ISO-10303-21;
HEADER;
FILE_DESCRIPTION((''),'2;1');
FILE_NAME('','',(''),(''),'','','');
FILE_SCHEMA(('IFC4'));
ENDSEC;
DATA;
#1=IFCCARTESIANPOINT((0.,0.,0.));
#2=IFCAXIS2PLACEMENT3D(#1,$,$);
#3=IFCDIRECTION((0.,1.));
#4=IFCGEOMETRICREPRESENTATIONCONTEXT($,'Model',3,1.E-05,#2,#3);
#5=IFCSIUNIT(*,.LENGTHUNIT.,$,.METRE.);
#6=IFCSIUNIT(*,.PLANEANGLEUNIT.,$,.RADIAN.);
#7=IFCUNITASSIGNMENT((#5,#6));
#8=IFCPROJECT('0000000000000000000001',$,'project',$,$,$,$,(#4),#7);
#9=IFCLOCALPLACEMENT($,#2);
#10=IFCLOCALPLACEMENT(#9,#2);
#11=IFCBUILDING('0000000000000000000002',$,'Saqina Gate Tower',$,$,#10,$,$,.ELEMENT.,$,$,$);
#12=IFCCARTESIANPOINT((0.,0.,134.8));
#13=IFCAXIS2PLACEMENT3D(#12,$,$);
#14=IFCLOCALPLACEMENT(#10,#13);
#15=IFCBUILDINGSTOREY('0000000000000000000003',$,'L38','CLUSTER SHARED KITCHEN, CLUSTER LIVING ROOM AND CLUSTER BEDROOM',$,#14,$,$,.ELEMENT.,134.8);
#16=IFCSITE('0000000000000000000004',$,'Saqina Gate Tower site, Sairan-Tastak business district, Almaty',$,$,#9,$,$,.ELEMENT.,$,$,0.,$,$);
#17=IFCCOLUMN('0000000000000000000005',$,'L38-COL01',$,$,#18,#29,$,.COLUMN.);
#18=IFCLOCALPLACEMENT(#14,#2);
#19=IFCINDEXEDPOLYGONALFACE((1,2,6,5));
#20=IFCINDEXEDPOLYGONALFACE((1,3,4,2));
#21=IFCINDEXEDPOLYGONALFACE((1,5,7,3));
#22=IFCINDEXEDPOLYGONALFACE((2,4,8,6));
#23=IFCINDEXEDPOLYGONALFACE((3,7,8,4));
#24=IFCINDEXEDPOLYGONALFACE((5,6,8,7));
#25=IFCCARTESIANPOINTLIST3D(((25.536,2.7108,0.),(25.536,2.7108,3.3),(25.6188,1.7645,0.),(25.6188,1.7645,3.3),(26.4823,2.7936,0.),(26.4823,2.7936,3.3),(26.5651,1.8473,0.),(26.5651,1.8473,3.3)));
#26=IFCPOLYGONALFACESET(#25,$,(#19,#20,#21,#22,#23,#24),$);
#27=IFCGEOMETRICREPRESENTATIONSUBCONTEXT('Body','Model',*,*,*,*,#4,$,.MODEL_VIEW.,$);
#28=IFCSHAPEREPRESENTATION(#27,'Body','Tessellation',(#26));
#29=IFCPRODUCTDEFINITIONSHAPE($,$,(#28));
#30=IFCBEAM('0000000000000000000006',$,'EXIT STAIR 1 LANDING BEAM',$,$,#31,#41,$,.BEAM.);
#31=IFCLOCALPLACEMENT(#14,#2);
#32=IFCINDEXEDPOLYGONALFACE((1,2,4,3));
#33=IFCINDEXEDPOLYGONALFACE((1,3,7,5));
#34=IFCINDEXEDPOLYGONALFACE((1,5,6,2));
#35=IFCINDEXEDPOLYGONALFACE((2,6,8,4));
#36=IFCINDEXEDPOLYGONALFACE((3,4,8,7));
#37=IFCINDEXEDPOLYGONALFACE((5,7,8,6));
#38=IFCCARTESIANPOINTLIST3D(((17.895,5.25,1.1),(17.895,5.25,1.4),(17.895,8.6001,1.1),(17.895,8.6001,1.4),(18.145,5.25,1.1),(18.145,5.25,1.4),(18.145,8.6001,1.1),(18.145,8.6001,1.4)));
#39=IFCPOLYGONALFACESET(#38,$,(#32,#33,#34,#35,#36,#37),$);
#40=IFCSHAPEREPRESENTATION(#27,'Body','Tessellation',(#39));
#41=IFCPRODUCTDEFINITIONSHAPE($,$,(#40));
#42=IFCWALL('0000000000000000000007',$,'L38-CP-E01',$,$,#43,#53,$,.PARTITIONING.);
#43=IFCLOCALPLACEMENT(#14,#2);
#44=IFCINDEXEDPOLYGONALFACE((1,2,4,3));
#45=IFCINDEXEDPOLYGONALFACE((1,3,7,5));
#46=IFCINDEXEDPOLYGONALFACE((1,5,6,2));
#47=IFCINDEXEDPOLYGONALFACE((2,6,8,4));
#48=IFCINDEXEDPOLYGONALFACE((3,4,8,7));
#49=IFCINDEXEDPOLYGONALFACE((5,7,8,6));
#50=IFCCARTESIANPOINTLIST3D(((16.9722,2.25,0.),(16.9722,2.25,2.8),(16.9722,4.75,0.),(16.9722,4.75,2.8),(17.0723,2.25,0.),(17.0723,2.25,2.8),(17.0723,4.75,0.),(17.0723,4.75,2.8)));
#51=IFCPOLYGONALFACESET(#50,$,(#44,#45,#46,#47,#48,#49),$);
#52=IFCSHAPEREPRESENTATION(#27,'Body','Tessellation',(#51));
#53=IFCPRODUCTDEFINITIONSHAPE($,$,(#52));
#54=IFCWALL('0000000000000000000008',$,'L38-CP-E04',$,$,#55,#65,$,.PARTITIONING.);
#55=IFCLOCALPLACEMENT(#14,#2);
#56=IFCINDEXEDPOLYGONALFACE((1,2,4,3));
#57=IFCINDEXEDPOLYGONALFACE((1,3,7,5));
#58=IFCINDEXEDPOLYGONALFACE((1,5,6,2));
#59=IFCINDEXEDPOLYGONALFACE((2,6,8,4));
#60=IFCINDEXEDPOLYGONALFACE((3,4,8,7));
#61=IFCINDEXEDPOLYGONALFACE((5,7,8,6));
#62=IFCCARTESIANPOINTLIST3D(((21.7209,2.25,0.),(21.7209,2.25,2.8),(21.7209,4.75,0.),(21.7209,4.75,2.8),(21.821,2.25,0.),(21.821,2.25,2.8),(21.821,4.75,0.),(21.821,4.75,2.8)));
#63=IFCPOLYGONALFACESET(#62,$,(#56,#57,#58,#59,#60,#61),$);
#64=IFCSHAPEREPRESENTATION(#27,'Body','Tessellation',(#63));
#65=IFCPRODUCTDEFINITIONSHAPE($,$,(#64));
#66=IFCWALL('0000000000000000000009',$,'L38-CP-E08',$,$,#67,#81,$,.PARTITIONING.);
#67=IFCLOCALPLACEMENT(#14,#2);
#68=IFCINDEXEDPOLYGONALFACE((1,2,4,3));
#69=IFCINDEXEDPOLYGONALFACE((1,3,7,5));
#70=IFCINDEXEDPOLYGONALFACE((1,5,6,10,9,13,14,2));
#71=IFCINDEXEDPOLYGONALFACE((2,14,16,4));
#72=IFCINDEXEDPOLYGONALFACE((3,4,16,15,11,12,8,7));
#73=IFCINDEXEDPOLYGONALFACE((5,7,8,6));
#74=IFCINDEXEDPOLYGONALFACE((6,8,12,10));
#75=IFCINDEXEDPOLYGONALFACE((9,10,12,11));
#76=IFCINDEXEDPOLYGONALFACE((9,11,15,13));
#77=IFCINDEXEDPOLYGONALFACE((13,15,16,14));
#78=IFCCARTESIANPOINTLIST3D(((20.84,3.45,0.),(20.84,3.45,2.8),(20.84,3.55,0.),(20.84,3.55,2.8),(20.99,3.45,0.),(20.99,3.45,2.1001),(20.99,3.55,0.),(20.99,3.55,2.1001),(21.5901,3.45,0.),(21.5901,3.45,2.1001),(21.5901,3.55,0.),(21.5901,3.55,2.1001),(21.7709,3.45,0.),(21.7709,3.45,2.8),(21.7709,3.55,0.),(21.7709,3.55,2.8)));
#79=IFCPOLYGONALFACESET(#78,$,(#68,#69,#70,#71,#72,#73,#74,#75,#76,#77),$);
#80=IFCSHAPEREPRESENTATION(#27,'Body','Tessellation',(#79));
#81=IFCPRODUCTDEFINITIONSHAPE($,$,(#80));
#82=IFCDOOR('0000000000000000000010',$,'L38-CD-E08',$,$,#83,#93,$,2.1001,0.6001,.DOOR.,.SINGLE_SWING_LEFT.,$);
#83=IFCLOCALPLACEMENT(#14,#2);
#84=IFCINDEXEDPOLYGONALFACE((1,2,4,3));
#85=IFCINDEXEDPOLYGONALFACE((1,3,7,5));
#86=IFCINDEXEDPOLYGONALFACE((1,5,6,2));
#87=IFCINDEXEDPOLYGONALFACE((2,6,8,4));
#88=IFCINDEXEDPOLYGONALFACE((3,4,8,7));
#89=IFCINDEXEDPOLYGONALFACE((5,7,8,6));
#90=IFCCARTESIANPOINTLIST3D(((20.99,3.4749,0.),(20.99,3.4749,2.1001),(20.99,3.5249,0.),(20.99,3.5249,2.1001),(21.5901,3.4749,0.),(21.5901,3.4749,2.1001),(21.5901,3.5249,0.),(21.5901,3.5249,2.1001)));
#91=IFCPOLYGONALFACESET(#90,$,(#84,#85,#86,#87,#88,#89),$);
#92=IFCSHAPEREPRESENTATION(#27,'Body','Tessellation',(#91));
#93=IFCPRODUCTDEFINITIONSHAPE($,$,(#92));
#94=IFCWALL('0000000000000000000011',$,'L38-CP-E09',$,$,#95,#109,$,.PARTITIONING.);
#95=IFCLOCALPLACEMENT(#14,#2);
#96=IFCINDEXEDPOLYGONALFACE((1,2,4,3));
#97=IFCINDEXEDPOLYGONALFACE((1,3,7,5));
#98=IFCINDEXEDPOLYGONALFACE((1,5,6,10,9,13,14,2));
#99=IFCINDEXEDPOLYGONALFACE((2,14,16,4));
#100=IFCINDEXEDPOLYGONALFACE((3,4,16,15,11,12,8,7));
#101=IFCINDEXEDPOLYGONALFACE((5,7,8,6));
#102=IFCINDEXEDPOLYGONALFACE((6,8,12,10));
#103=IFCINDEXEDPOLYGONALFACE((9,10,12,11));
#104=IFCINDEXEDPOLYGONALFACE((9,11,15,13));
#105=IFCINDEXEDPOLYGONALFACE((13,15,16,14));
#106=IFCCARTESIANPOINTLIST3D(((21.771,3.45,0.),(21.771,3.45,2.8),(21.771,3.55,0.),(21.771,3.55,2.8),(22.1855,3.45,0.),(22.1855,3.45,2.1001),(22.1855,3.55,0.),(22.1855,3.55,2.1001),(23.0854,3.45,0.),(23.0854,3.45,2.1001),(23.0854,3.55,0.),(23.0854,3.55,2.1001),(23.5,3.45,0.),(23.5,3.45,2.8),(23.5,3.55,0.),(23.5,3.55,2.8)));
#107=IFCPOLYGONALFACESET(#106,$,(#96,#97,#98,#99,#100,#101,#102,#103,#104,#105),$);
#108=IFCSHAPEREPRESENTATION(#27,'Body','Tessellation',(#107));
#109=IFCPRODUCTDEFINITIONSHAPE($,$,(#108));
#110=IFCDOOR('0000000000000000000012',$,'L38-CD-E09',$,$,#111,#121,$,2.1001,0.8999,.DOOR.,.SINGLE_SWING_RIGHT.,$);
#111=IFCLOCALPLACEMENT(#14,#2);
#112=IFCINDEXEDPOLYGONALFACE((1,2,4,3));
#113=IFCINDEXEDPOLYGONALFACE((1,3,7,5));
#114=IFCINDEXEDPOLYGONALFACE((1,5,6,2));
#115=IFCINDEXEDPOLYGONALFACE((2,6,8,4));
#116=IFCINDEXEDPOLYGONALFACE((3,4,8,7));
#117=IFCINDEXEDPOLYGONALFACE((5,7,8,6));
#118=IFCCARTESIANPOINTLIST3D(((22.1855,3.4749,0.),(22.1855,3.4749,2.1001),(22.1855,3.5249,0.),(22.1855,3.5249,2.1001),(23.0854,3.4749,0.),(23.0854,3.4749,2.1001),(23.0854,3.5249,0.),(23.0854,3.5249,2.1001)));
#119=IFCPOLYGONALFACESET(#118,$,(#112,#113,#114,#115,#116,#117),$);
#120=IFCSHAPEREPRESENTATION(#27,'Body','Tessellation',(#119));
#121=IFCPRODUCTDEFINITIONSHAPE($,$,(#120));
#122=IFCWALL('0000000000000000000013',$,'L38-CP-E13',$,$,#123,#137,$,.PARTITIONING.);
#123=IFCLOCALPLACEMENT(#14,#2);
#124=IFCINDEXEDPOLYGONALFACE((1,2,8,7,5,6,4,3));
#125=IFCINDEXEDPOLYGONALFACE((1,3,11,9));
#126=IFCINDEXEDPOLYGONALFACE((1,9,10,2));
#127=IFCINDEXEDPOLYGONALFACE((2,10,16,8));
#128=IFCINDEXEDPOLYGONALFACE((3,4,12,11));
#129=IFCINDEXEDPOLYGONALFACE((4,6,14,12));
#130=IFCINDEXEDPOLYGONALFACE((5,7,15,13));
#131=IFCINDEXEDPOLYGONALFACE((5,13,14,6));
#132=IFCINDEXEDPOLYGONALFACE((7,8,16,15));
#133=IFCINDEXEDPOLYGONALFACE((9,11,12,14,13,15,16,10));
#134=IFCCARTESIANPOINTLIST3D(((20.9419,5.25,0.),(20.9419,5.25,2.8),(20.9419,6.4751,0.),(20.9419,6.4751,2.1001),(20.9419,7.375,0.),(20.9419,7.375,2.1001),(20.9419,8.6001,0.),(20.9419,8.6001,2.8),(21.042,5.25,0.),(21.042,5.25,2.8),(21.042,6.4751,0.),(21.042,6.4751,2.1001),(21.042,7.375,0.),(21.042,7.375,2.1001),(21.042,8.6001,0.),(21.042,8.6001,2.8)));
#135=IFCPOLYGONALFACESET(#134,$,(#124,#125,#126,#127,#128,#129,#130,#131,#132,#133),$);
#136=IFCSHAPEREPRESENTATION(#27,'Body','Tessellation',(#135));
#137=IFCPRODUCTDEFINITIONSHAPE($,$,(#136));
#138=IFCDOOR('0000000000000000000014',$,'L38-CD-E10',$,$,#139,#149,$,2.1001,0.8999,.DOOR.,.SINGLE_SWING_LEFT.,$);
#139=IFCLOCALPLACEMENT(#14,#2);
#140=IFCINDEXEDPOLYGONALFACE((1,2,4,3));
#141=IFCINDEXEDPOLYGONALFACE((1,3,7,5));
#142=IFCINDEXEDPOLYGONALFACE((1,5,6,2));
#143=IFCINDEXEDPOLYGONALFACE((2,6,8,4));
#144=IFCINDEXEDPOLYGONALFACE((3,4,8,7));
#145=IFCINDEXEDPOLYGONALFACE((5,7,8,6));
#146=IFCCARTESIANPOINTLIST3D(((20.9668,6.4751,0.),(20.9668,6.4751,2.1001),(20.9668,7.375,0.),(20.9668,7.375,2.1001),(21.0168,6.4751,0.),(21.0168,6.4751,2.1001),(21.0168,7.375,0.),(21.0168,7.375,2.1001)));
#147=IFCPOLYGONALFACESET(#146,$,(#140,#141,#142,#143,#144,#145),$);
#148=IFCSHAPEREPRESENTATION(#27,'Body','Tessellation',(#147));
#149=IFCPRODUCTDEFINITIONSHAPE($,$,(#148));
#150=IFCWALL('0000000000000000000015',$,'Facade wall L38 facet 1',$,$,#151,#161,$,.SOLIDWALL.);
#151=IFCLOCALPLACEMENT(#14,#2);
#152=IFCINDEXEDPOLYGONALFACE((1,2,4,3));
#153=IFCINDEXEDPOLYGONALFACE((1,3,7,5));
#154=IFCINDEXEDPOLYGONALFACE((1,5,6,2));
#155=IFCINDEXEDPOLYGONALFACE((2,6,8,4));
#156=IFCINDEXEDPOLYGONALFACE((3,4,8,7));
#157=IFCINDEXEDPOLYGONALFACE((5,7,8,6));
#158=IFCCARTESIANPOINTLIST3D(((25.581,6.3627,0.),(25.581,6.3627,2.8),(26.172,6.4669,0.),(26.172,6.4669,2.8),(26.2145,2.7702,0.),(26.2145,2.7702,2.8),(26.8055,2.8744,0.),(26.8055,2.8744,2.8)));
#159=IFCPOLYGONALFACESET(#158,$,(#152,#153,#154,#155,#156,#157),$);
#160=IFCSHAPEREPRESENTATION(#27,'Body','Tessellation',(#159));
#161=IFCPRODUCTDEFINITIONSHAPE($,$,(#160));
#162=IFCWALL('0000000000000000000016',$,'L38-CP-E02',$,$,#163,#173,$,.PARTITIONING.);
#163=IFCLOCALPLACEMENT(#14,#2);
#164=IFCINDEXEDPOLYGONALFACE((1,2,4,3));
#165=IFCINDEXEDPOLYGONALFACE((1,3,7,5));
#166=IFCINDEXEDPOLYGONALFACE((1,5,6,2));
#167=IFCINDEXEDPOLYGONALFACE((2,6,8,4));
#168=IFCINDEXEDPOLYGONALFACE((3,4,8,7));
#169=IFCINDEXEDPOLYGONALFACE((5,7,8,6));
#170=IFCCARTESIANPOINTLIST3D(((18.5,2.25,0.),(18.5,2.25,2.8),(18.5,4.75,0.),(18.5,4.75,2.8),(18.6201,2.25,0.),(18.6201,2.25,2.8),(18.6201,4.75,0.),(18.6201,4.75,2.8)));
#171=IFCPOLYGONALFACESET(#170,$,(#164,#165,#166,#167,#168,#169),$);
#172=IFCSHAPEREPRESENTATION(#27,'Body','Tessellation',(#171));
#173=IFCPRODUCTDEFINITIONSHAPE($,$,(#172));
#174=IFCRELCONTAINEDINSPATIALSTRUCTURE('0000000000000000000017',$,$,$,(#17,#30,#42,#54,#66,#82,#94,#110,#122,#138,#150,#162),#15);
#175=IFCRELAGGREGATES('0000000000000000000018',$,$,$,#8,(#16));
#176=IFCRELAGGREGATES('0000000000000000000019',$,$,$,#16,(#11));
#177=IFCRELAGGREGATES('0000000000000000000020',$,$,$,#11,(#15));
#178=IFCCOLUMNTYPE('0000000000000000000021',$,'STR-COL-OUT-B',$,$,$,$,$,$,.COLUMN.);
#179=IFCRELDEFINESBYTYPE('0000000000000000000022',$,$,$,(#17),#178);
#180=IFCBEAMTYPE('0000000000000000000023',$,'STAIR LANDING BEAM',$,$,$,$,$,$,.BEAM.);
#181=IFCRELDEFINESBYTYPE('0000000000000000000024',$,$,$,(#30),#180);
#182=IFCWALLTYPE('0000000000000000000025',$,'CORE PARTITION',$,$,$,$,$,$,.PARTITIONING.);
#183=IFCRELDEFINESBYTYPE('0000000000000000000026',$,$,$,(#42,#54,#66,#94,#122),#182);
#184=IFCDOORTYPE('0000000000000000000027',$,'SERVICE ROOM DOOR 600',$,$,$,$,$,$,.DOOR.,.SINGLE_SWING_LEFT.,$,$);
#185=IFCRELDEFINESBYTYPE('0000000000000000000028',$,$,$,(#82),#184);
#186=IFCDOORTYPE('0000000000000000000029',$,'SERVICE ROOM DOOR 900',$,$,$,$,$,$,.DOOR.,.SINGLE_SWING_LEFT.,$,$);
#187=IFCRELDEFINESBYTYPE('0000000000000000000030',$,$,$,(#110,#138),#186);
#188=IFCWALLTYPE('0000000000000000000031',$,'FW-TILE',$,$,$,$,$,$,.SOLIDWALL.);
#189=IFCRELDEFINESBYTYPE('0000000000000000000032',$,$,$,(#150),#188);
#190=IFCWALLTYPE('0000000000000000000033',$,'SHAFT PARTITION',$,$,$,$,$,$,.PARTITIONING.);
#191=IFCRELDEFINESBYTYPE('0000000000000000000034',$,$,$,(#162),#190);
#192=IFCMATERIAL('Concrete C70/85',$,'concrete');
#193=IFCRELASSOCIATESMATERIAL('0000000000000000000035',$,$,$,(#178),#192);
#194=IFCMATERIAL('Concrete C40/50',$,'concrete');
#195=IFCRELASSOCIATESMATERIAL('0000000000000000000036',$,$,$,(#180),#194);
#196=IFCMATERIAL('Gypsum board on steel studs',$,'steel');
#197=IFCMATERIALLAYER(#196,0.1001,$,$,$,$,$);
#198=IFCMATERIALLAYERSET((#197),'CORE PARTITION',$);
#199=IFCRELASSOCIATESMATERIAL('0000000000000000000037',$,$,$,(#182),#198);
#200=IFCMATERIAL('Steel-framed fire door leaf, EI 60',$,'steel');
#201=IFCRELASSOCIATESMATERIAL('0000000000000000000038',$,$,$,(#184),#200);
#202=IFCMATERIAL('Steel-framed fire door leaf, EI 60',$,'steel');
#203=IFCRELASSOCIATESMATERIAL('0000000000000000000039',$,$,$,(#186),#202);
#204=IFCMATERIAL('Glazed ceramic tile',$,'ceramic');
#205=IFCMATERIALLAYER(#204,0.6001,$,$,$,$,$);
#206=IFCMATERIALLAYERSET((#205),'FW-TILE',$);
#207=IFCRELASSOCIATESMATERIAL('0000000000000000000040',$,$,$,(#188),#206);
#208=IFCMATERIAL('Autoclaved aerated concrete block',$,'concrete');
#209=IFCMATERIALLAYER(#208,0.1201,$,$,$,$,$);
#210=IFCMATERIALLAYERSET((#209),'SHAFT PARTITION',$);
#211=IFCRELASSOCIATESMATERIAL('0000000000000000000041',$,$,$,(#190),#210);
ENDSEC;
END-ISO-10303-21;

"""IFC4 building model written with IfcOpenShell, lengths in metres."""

from ifc_helpers import new_model, si_unit, direction, frame, frame_2d, origin, origin_2d, place, context, subcontext, project, spatial, rectangle, extrude, material, layer, layer_set, material_profile, profile_set, type_object, element, fill, save


model = new_model("IFC4")

# Units and contexts
model_context = context("Model", 3, precision=1e-05, world=origin(), true_north=direction((0.0, 1.0)))
body_context = subcontext(model_context, "Body", "Model", "MODEL_VIEW")
ifc_project = project(units=[si_unit("LENGTHUNIT", "METRE"), si_unit("PLANEANGLEUNIT", "RADIAN")], contexts=[model_context])

# Site, building, storey
site_placement = place(None, origin())
site = spatial("IfcSite", under=ifc_project, at=site_placement, Name="Saqina Gate Tower site, Sairan-Tastak business district, Almaty", CompositionType="ELEMENT", RefElevation=0.0)
building_placement = place(site_placement, origin())
building = spatial("IfcBuilding", under=site, at=building_placement, Name="Saqina Gate Tower", CompositionType="ELEMENT")
storey_placement = place(building_placement, frame((0.0, 0.0, 134.8)))
storey = spatial("IfcBuildingStorey", under=building, at=storey_placement, Name="L38", Description="CLUSTER SHARED KITCHEN, CLUSTER LIVING ROOM AND CLUSTER BEDROOM", CompositionType="ELEMENT", Elevation=134.8)

# Column
ifc_material_1 = material(Name="Concrete C70/85", Category="concrete")
ifc_material_profile_1 = material_profile(ifc_material_1, rectangle(XDim=0.95, YDim=0.95, at=origin_2d()), Name="RC 950x950")
ifc_profile_set_1 = profile_set([ifc_material_profile_1], Name="Concrete C70/85")
column_type = type_object("IfcColumnType", Name="STR-COL-OUT-B", PredefinedType="COLUMN", material=ifc_profile_set_1)
column_placement = place(storey_placement, frame((26.0505, 2.2791, 0.0), z_axis=(0.0, 0.0, 1.0), x_axis=(0.996195, 0.087156, 0.0)))
element("IfcColumn", 1, at=column_placement, inside=storey, type_object=column_type, Name="L38-COL01", PredefinedType="COLUMN", context=body_context, shape_type="SweptSolid", body=[
    extrude(rectangle(XDim=0.95, YDim=0.95, at=origin_2d()), origin(), (0.0, 0.0, 1.0), 3.3),
])

# Beam
ifc_material_2 = material(Name="Concrete C40/50", Category="concrete")
ifc_material_profile_2 = material_profile(ifc_material_2, rectangle(XDim=0.25, YDim=0.3, at=origin_2d()), Name="STAIR LANDING BEAM")
ifc_profile_set_2 = profile_set([ifc_material_profile_2], Name="Concrete C40/50")
beam_type = type_object("IfcBeamType", Name="STAIR LANDING BEAM", PredefinedType="BEAM", material=ifc_profile_set_2)
beam_placement = place(storey_placement, frame((18.02, 5.25, 1.25), z_axis=(0.0, 1.0, 0.0), x_axis=(-1.0, 0.0, 0.0)))
element("IfcBeam", 2, at=beam_placement, inside=storey, type_object=beam_type, Name="EXIT STAIR 1 LANDING BEAM", PredefinedType="BEAM", context=body_context, shape_type="SweptSolid", body=[
    extrude(rectangle(XDim=0.25, YDim=0.3, at=origin_2d()), origin(), (0.0, 0.0, 1.0), 3.3501),
])

# Walls
ifc_material_3 = material(Name="Gypsum board on steel studs", Category="steel")
ifc_layer_1 = layer(ifc_material_3, 0.1001)
ifc_layer_set_1 = layer_set([ifc_layer_1], Name="CORE PARTITION")
wall_type_1 = type_object("IfcWallType", Name="CORE PARTITION", PredefinedType="PARTITIONING", material=ifc_layer_set_1)
for number, where, z_axis, x_axis, name in (
    (3, (17.0222, 2.25, 0.0), (0.0, 0.0, 1.0), (0.0, 1.0, 0.0), "L38-CP-E01"),
    (4, (21.771, 2.25, 0.0), (0.0, 0.0, 1.0), (0.0, 1.0, 0.0), "L38-CP-E04"),
):
    element("IfcWall", number, at=place(storey_placement, frame(where, z_axis=z_axis, x_axis=x_axis)), inside=storey, type_object=wall_type_1, Name=name, PredefinedType="PARTITIONING", context=body_context, shape_type="SweptSolid", body=[
        extrude(rectangle(XDim=2.5, YDim=0.1001, at=frame_2d((1.25, 0.0))), origin(), (0.0, 0.0, 1.0), 2.8),
    ])

# Walls, openings, doors
wall_1_placement = place(storey_placement, frame((20.8401, 3.5, 0.0), z_axis=(0.0, 0.0, 1.0), x_axis=(1.0, 0.0, 0.0)))
wall_1 = element("IfcWall", 5, at=wall_1_placement, inside=storey, type_object=wall_type_1, Name="L38-CP-E08", PredefinedType="PARTITIONING", context=body_context, shape_type="SweptSolid", body=[
    extrude(rectangle(XDim=0.9309, YDim=0.1001, at=frame_2d((0.4653, 0.0))), origin(), (0.0, 0.0, 1.0), 2.8),
])
opening_1_placement = place(wall_1_placement, frame((0.1499, 0.0, 0.0)))
opening_1 = element("IfcOpeningElement", 6, at=opening_1_placement, cuts=wall_1, PredefinedType="OPENING", context=body_context, shape_type="SweptSolid", body=[
    extrude(rectangle(XDim=0.6001, YDim=2.1001, at=frame_2d((0.3, 1.05))), frame((0.0, 0.062, 0.0), z_axis=(0.0, -1.0, 0.0), x_axis=(1.0, 0.0, 0.0)), (0.0, 0.0, 1.0), 0.124),
])
ifc_material_4 = material(Name="Steel-framed fire door leaf, EI 60", Category="steel")
door_type_1 = type_object("IfcDoorType", Name="SERVICE ROOM DOOR 600", OperationType="SINGLE_SWING_LEFT", PredefinedType="DOOR", material=ifc_material_4)
door_1_placement = place(opening_1_placement, origin())
door_1 = element("IfcDoor", 7, at=door_1_placement, inside=storey, type_object=door_type_1, Name="L38-CD-E08", OperationType="SINGLE_SWING_LEFT", OverallHeight=2.1001, OverallWidth=0.6001, PredefinedType="DOOR", context=body_context, shape_type="SweptSolid", body=[
    extrude(rectangle(XDim=0.6001, YDim=2.1001, at=frame_2d((0.3, 1.05))), frame((0.0, 0.0249, 0.0), z_axis=(0.0, -1.0, 0.0), x_axis=(1.0, 0.0, 0.0)), (0.0, 0.0, 1.0), 0.05),
])
fill(opening_1, door_1)
wall_2_placement = place(storey_placement, frame((21.771, 3.5, 0.0), z_axis=(0.0, 0.0, 1.0), x_axis=(1.0, 0.0, 0.0)))
wall_2 = element("IfcWall", 8, at=wall_2_placement, inside=storey, type_object=wall_type_1, Name="L38-CP-E09", PredefinedType="PARTITIONING", context=body_context, shape_type="SweptSolid", body=[
    extrude(rectangle(XDim=1.729, YDim=0.1001, at=frame_2d((0.8645, 0.0))), origin(), (0.0, 0.0, 1.0), 2.8),
])
opening_2_placement = place(wall_2_placement, frame((0.4146, 0.0, 0.0)))
opening_2 = element("IfcOpeningElement", 9, at=opening_2_placement, cuts=wall_2, PredefinedType="OPENING", context=body_context, shape_type="SweptSolid", body=[
    extrude(rectangle(XDim=0.8999, YDim=2.1001, at=frame_2d((0.45, 1.05))), frame((0.0, 0.062, 0.0), z_axis=(0.0, -1.0, 0.0), x_axis=(1.0, 0.0, 0.0)), (0.0, 0.0, 1.0), 0.124),
])
ifc_material_5 = material(Name="Steel-framed fire door leaf, EI 60", Category="steel")
door_type_2 = type_object("IfcDoorType", Name="SERVICE ROOM DOOR 900", OperationType="SINGLE_SWING_LEFT", PredefinedType="DOOR", material=ifc_material_5)
door_2_placement = place(opening_2_placement, origin())
door_2 = element("IfcDoor", 10, at=door_2_placement, inside=storey, type_object=door_type_2, Name="L38-CD-E09", OperationType="SINGLE_SWING_RIGHT", OverallHeight=2.1001, OverallWidth=0.8999, PredefinedType="DOOR", context=body_context, shape_type="SweptSolid", body=[
    extrude(rectangle(XDim=0.8999, YDim=2.1001, at=frame_2d((0.45, 1.05))), frame((0.0, 0.0249, 0.0), z_axis=(0.0, -1.0, 0.0), x_axis=(1.0, 0.0, 0.0)), (0.0, 0.0, 1.0), 0.05),
])
fill(opening_2, door_2)
wall_3_placement = place(storey_placement, frame((20.9919, 5.25, 0.0), z_axis=(0.0, 0.0, 1.0), x_axis=(0.0, 1.0, 0.0)))
wall_3 = element("IfcWall", 11, at=wall_3_placement, inside=storey, type_object=wall_type_1, Name="L38-CP-E13", PredefinedType="PARTITIONING", context=body_context, shape_type="SweptSolid", body=[
    extrude(rectangle(XDim=3.3501, YDim=0.1001, at=frame_2d((1.675, 0.0))), origin(), (0.0, 0.0, 1.0), 2.8),
])
opening_3_placement = place(wall_3_placement, frame((1.2251, 0.0, 0.0)))
opening_3 = element("IfcOpeningElement", 12, at=opening_3_placement, cuts=wall_3, PredefinedType="OPENING", context=body_context, shape_type="SweptSolid", body=[
    extrude(rectangle(XDim=0.8999, YDim=2.1001, at=frame_2d((0.45, 1.05))), frame((0.0, 0.062, 0.0), z_axis=(0.0, -1.0, 0.0), x_axis=(1.0, 0.0, 0.0)), (0.0, 0.0, 1.0), 0.124),
])
door_3_placement = place(opening_3_placement, frame((0.8999, 0.0, 0.0), z_axis=(0.0, 0.0, 1.0), x_axis=(-1.0, 0.0, 0.0)))
door_3 = element("IfcDoor", 13, at=door_3_placement, inside=storey, type_object=door_type_2, Name="L38-CD-E10", OperationType="SINGLE_SWING_LEFT", OverallHeight=2.1001, OverallWidth=0.8999, PredefinedType="DOOR", context=body_context, shape_type="SweptSolid", body=[
    extrude(rectangle(XDim=0.8999, YDim=2.1001, at=frame_2d((0.45, 1.05))), frame((0.0, 0.0249, 0.0), z_axis=(0.0, -1.0, 0.0), x_axis=(1.0, 0.0, 0.0)), (0.0, 0.0, 1.0), 0.05),
])
fill(opening_3, door_3)

# Walls
ifc_material_6 = material(Name="Glazed ceramic tile", Category="ceramic")
ifc_layer_2 = layer(ifc_material_6, 0.6001)
ifc_layer_set_2 = layer_set([ifc_layer_2], Name="FW-TILE")
wall_type_2 = type_object("IfcWallType", Name="FW-TILE", PredefinedType="SOLIDWALL", material=ifc_layer_set_2)
wall_4_placement = place(storey_placement, frame((26.51, 2.8223, 0.0), z_axis=(0.0, 0.0, 1.0), x_axis=(-0.173671, 0.984804, 0.0)))
element("IfcWall", 14, at=wall_4_placement, inside=storey, type_object=wall_type_2, Name="Facade wall L38 facet 1", PredefinedType="SOLIDWALL", context=body_context, shape_type="SweptSolid", body=[
    extrude(rectangle(XDim=3.6479, YDim=0.6001, at=frame_2d((1.824, 0.0))), origin(), (0.0, 0.0, 1.0), 2.8),
])
ifc_material_7 = material(Name="Autoclaved aerated concrete block", Category="concrete")
ifc_layer_3 = layer(ifc_material_7, 0.1201)
ifc_layer_set_3 = layer_set([ifc_layer_3], Name="SHAFT PARTITION")
wall_type_3 = type_object("IfcWallType", Name="SHAFT PARTITION", PredefinedType="PARTITIONING", material=ifc_layer_set_3)
for number, where, z_axis, x_axis, name in (
    (15, (18.5601, 2.25, 0.0), (0.0, 0.0, 1.0), (0.0, 1.0, 0.0), "L38-CP-E02"),
):
    element("IfcWall", number, at=place(storey_placement, frame(where, z_axis=z_axis, x_axis=x_axis)), inside=storey, type_object=wall_type_3, Name=name, PredefinedType="PARTITIONING", context=body_context, shape_type="SweptSolid", body=[
        extrude(rectangle(XDim=2.5, YDim=0.1201, at=frame_2d((1.25, 0.0))), origin(), (0.0, 0.0, 1.0), 2.8),
    ])

save(model, "model.ifc")
